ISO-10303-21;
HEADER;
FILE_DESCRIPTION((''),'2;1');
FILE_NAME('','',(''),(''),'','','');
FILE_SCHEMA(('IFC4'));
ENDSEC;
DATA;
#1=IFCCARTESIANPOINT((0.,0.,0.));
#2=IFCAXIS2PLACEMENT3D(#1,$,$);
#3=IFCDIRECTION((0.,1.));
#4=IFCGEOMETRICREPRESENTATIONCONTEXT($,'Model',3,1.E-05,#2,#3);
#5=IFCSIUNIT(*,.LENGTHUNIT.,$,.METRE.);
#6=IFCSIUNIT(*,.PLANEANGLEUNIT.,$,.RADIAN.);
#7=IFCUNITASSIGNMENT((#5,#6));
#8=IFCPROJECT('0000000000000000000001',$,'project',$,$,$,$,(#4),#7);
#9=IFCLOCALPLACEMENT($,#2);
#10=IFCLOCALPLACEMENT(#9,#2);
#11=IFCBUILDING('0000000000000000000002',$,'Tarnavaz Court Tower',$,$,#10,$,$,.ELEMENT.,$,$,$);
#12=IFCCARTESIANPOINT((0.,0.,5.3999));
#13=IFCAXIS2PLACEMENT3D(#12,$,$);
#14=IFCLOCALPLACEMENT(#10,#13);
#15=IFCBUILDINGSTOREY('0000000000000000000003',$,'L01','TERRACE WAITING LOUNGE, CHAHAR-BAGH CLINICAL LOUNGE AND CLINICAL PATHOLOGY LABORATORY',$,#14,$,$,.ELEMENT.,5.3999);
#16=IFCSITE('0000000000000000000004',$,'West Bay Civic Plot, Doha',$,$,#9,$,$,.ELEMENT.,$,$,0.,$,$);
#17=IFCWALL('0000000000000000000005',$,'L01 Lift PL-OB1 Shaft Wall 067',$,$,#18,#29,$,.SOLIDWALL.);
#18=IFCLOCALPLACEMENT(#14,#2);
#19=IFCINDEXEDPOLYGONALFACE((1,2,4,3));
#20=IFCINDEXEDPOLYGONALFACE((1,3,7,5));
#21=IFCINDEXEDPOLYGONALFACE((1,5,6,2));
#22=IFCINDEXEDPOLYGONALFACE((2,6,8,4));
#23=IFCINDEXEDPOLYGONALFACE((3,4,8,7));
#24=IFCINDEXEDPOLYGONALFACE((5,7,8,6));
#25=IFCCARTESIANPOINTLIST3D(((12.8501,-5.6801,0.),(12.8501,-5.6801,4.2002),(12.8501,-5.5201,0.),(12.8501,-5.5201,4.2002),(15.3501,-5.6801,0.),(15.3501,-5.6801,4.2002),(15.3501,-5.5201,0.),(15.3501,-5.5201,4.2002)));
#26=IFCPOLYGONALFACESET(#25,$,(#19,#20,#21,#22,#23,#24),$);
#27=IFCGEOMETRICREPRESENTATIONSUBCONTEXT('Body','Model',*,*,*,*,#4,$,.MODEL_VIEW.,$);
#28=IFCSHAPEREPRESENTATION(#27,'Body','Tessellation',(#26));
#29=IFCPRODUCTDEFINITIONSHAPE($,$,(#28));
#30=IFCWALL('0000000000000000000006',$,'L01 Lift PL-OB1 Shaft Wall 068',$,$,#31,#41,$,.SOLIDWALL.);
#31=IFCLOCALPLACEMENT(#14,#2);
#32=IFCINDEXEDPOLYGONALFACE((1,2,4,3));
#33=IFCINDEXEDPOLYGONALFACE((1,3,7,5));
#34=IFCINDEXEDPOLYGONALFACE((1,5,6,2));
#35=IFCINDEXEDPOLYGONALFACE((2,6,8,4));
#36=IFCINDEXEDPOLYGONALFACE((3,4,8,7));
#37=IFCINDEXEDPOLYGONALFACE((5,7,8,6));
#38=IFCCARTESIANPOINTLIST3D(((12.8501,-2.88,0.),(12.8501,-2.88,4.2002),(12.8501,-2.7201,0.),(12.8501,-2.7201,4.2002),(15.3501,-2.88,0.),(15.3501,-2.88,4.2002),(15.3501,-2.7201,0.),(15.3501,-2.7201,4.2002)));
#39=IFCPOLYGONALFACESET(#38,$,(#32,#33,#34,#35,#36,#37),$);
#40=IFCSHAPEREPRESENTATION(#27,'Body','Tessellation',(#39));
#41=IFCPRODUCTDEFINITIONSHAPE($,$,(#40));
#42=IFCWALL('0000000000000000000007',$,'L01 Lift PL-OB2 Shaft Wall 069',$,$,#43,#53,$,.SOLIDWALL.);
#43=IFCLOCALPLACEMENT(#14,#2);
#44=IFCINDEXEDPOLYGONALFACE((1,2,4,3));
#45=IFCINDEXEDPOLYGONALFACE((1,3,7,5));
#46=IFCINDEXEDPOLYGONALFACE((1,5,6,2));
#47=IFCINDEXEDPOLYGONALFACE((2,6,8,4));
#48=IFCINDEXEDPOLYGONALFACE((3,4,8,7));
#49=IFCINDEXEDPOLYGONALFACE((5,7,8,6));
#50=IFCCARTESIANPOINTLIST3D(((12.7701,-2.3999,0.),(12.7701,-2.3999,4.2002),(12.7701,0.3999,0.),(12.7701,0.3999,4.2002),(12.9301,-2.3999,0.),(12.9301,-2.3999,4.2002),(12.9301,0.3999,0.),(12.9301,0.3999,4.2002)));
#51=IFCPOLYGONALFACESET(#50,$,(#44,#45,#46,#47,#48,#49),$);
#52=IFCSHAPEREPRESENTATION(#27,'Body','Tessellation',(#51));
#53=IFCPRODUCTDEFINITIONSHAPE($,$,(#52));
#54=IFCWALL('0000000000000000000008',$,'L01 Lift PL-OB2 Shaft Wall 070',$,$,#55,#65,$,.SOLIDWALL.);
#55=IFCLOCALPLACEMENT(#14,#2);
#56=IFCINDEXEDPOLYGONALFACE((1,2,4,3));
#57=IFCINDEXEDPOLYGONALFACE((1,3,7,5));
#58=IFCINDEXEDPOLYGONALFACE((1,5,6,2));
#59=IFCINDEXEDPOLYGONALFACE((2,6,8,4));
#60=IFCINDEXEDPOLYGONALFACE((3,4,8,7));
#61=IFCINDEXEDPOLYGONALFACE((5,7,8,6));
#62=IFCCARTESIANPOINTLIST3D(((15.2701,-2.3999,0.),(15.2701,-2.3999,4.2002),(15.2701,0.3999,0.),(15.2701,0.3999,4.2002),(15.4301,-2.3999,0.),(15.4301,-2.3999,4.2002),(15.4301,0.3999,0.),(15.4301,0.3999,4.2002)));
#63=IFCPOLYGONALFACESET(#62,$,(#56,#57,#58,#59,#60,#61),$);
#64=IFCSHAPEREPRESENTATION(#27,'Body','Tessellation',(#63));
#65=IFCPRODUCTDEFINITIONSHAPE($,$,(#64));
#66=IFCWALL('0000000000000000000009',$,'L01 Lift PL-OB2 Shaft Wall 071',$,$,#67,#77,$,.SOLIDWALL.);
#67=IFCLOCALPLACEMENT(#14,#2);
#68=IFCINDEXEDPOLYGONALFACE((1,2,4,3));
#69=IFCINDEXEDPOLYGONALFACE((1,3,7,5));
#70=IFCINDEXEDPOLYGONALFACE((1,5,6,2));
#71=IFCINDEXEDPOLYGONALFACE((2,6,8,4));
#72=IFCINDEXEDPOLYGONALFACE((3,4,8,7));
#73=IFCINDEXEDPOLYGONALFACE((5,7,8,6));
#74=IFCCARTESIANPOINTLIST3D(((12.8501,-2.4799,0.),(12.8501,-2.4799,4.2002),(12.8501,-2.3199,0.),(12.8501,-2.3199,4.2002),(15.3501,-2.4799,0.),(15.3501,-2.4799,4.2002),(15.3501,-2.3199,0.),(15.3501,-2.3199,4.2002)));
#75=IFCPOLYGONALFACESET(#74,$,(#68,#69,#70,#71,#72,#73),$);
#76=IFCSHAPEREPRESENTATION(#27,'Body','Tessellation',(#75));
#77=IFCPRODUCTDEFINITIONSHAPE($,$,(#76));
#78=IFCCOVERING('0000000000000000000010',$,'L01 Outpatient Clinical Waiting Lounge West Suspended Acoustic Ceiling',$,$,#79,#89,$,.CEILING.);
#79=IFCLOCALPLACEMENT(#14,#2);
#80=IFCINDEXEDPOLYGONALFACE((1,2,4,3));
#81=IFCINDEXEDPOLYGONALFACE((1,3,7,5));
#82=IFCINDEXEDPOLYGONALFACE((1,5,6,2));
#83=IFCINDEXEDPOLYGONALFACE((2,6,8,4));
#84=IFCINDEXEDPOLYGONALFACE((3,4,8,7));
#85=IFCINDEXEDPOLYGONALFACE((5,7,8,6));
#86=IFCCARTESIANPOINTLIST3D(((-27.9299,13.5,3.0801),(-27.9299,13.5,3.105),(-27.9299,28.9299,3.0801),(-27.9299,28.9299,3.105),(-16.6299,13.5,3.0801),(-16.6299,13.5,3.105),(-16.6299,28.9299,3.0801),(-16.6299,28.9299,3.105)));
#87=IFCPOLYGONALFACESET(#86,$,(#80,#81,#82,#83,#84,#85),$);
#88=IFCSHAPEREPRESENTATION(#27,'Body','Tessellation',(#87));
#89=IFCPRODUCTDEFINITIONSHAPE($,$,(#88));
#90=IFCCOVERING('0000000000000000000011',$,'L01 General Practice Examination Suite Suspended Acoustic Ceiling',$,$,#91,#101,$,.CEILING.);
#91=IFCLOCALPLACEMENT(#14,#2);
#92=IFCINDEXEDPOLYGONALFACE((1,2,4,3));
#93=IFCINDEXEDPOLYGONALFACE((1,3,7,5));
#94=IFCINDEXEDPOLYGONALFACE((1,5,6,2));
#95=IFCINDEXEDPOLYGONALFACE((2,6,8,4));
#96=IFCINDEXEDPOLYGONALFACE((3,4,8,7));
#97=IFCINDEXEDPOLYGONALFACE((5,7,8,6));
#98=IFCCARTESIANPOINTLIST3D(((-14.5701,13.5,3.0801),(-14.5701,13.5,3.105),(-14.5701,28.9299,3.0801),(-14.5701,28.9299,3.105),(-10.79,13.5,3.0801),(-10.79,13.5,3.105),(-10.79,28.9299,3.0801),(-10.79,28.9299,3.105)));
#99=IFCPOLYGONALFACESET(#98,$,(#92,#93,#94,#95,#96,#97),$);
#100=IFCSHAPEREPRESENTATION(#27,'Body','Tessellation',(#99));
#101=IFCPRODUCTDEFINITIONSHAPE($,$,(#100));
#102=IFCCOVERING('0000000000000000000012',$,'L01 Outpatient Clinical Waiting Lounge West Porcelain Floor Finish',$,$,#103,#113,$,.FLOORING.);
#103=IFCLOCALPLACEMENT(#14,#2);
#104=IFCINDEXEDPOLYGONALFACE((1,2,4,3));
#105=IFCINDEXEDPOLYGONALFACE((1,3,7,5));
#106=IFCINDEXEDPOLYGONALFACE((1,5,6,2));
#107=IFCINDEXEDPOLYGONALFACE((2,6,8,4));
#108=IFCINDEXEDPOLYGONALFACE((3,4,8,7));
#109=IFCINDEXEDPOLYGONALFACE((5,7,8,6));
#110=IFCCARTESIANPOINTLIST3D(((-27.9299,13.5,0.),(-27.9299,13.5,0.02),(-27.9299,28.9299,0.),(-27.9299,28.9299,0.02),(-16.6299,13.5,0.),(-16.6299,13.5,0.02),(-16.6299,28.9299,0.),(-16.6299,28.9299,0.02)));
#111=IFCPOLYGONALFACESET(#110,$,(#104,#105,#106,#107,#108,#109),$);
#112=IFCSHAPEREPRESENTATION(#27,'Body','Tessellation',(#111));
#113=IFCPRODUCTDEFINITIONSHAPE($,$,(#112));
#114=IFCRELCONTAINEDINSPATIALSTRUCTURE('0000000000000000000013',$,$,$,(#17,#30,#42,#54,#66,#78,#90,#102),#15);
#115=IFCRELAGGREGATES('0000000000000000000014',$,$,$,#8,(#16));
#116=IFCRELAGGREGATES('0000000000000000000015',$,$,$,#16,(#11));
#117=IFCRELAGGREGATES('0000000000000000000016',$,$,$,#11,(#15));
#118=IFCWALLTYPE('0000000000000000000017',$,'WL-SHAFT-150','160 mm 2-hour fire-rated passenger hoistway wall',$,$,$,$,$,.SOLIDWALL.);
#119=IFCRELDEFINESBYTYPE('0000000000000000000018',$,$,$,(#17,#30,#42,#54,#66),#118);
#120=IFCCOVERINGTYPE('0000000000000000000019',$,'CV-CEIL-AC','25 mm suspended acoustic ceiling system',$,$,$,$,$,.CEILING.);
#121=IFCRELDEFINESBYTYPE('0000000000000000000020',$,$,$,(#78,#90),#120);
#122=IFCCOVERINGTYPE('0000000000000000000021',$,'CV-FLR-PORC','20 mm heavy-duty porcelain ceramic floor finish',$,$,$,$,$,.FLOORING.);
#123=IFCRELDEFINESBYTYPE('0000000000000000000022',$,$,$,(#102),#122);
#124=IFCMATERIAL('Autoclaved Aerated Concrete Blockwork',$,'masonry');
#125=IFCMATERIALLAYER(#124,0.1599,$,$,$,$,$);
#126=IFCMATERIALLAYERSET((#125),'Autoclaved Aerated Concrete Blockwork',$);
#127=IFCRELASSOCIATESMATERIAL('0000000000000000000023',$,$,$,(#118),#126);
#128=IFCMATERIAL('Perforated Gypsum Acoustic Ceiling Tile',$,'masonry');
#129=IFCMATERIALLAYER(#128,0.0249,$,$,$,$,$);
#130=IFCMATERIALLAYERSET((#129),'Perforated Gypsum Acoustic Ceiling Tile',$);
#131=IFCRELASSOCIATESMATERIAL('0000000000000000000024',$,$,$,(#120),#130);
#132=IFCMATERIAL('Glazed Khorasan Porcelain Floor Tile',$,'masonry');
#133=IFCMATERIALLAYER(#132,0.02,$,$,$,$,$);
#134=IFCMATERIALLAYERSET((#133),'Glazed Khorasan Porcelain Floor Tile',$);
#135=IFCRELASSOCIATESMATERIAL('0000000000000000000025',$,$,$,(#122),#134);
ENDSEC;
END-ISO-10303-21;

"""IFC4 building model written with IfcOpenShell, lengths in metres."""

from ifc_helpers import new_model, si_unit, direction, frame, frame_2d, origin, place, context, subcontext, project, spatial, polyline, rectangle, outline, extrude, material, layer, layer_set, type_object, element, save


model = new_model("IFC4")

# Units and contexts
model_context = context("Model", 3, precision=1e-05, world=origin(), true_north=direction((0.0, 1.0)))
body_context = subcontext(model_context, "Body", "Model", "MODEL_VIEW")
ifc_project = project(units=[si_unit("LENGTHUNIT", "METRE"), si_unit("PLANEANGLEUNIT", "RADIAN")], contexts=[model_context])

# Site, building, storey
site_placement = place(None, origin())
site = spatial("IfcSite", under=ifc_project, at=site_placement, Name="West Bay Civic Plot, Doha", CompositionType="ELEMENT", RefElevation=0.0)
building_placement = place(site_placement, origin())
building = spatial("IfcBuilding", under=site, at=building_placement, Name="Tarnavaz Court Tower", CompositionType="ELEMENT")
storey_placement = place(building_placement, frame((0.0, 0.0, 5.3999)))
storey = spatial("IfcBuildingStorey", under=building, at=storey_placement, Name="L01", Description="TERRACE WAITING LOUNGE, CHAHAR-BAGH CLINICAL LOUNGE AND CLINICAL PATHOLOGY LABORATORY", CompositionType="ELEMENT", Elevation=5.3999)

# Walls
ifc_material_1 = material(Name="Autoclaved Aerated Concrete Blockwork", Category="masonry")
ifc_layer_1 = layer(ifc_material_1, 0.1599)
ifc_layer_set_1 = layer_set([ifc_layer_1], Name="Autoclaved Aerated Concrete Blockwork")
wall_type_1 = type_object("IfcWallType", Name="WL-SHAFT-150", Description="160 mm 2-hour fire-rated passenger hoistway wall", PredefinedType="SOLIDWALL", material=ifc_layer_set_1)
for number, where, z_axis, x_axis, name in (
    (1, (12.8501, -5.6001, 0.0), (0.0, 0.0, 1.0), (1.0, 0.0, 0.0), "L01 Lift PL-OB1 Shaft Wall 067"),
    (2, (12.8501, -2.8, 0.0), (0.0, 0.0, 1.0), (1.0, 0.0, 0.0), "L01 Lift PL-OB1 Shaft Wall 068"),
):
    element("IfcWall", number, at=place(storey_placement, frame(where, z_axis=z_axis, x_axis=x_axis)), inside=storey, type_object=wall_type_1, Name=name, PredefinedType="SOLIDWALL", context=body_context, shape_type="SweptSolid", body=[
        extrude(rectangle(XDim=2.5, YDim=0.1599, at=frame_2d((1.25, 0.0))), origin(), (0.0, 0.0, 1.0), 4.2002),
    ])
for number, where, z_axis, x_axis, name in (
    (3, (12.8501, -2.3999, 0.0), (0.0, 0.0, 1.0), (0.0, 1.0, 0.0), "L01 Lift PL-OB2 Shaft Wall 069"),
    (4, (15.3501, -2.3999, 0.0), (0.0, 0.0, 1.0), (0.0, 1.0, 0.0), "L01 Lift PL-OB2 Shaft Wall 070"),
):
    element("IfcWall", number, at=place(storey_placement, frame(where, z_axis=z_axis, x_axis=x_axis)), inside=storey, type_object=wall_type_1, Name=name, PredefinedType="SOLIDWALL", context=body_context, shape_type="SweptSolid", body=[
        extrude(rectangle(XDim=2.7998, YDim=0.1599, at=frame_2d((1.3999, 0.0))), origin(), (0.0, 0.0, 1.0), 4.2002),
    ])
wall_1_placement = place(storey_placement, frame((12.8501, -2.3999, 0.0), z_axis=(0.0, 0.0, 1.0), x_axis=(1.0, 0.0, 0.0)))
element("IfcWall", 5, at=wall_1_placement, inside=storey, type_object=wall_type_1, Name="L01 Lift PL-OB2 Shaft Wall 071", PredefinedType="SOLIDWALL", context=body_context, shape_type="SweptSolid", body=[
    extrude(rectangle(XDim=2.5, YDim=0.1599, at=frame_2d((1.25, 0.0))), origin(), (0.0, 0.0, 1.0), 4.2002),
])

# Coverings
ifc_material_2 = material(Name="Perforated Gypsum Acoustic Ceiling Tile", Category="masonry")
ifc_layer_2 = layer(ifc_material_2, 0.0249)
ifc_layer_set_2 = layer_set([ifc_layer_2], Name="Perforated Gypsum Acoustic Ceiling Tile")
covering_type_1 = type_object("IfcCoveringType", Name="CV-CEIL-AC", Description="25 mm suspended acoustic ceiling system", PredefinedType="CEILING", material=ifc_layer_set_2)
covering_1_placement = place(storey_placement, frame((0.0, 0.0, 3.0801)))
element("IfcCovering", 6, at=covering_1_placement, inside=storey, type_object=covering_type_1, Name="L01 Outpatient Clinical Waiting Lounge West Suspended Acoustic Ceiling", PredefinedType="CEILING", context=body_context, shape_type="SweptSolid", body=[
    extrude(outline(polyline([(-27.9299, 13.5), (-16.6299, 13.5), (-16.6299, 28.9299), (-27.9299, 28.9299), (-27.9299, 13.5)])), origin(), (0.0, 0.0, 1.0), 0.0249),
])
covering_2_placement = place(storey_placement, frame((0.0, 0.0, 3.0801)))
element("IfcCovering", 7, at=covering_2_placement, inside=storey, type_object=covering_type_1, Name="L01 General Practice Examination Suite Suspended Acoustic Ceiling", PredefinedType="CEILING", context=body_context, shape_type="SweptSolid", body=[
    extrude(outline(polyline([(-14.5701, 13.5), (-10.79, 13.5), (-10.79, 28.9299), (-14.5701, 28.9299), (-14.5701, 13.5)])), origin(), (0.0, 0.0, 1.0), 0.0249),
])
ifc_material_3 = material(Name="Glazed Khorasan Porcelain Floor Tile", Category="masonry")
ifc_layer_3 = layer(ifc_material_3, 0.02)
ifc_layer_set_3 = layer_set([ifc_layer_3], Name="Glazed Khorasan Porcelain Floor Tile")
covering_type_2 = type_object("IfcCoveringType", Name="CV-FLR-PORC", Description="20 mm heavy-duty porcelain ceramic floor finish", PredefinedType="FLOORING", material=ifc_layer_set_3)
covering_3_placement = place(storey_placement, origin())
element("IfcCovering", 8, at=covering_3_placement, inside=storey, type_object=covering_type_2, Name="L01 Outpatient Clinical Waiting Lounge West Porcelain Floor Finish", PredefinedType="FLOORING", context=body_context, shape_type="SweptSolid", body=[
    extrude(outline(polyline([(-27.9299, 13.5), (-16.6299, 13.5), (-16.6299, 28.9299), (-27.9299, 28.9299), (-27.9299, 13.5)])), origin(), (0.0, 0.0, 1.0), 0.02),
])

save(model, "model.ifc")
